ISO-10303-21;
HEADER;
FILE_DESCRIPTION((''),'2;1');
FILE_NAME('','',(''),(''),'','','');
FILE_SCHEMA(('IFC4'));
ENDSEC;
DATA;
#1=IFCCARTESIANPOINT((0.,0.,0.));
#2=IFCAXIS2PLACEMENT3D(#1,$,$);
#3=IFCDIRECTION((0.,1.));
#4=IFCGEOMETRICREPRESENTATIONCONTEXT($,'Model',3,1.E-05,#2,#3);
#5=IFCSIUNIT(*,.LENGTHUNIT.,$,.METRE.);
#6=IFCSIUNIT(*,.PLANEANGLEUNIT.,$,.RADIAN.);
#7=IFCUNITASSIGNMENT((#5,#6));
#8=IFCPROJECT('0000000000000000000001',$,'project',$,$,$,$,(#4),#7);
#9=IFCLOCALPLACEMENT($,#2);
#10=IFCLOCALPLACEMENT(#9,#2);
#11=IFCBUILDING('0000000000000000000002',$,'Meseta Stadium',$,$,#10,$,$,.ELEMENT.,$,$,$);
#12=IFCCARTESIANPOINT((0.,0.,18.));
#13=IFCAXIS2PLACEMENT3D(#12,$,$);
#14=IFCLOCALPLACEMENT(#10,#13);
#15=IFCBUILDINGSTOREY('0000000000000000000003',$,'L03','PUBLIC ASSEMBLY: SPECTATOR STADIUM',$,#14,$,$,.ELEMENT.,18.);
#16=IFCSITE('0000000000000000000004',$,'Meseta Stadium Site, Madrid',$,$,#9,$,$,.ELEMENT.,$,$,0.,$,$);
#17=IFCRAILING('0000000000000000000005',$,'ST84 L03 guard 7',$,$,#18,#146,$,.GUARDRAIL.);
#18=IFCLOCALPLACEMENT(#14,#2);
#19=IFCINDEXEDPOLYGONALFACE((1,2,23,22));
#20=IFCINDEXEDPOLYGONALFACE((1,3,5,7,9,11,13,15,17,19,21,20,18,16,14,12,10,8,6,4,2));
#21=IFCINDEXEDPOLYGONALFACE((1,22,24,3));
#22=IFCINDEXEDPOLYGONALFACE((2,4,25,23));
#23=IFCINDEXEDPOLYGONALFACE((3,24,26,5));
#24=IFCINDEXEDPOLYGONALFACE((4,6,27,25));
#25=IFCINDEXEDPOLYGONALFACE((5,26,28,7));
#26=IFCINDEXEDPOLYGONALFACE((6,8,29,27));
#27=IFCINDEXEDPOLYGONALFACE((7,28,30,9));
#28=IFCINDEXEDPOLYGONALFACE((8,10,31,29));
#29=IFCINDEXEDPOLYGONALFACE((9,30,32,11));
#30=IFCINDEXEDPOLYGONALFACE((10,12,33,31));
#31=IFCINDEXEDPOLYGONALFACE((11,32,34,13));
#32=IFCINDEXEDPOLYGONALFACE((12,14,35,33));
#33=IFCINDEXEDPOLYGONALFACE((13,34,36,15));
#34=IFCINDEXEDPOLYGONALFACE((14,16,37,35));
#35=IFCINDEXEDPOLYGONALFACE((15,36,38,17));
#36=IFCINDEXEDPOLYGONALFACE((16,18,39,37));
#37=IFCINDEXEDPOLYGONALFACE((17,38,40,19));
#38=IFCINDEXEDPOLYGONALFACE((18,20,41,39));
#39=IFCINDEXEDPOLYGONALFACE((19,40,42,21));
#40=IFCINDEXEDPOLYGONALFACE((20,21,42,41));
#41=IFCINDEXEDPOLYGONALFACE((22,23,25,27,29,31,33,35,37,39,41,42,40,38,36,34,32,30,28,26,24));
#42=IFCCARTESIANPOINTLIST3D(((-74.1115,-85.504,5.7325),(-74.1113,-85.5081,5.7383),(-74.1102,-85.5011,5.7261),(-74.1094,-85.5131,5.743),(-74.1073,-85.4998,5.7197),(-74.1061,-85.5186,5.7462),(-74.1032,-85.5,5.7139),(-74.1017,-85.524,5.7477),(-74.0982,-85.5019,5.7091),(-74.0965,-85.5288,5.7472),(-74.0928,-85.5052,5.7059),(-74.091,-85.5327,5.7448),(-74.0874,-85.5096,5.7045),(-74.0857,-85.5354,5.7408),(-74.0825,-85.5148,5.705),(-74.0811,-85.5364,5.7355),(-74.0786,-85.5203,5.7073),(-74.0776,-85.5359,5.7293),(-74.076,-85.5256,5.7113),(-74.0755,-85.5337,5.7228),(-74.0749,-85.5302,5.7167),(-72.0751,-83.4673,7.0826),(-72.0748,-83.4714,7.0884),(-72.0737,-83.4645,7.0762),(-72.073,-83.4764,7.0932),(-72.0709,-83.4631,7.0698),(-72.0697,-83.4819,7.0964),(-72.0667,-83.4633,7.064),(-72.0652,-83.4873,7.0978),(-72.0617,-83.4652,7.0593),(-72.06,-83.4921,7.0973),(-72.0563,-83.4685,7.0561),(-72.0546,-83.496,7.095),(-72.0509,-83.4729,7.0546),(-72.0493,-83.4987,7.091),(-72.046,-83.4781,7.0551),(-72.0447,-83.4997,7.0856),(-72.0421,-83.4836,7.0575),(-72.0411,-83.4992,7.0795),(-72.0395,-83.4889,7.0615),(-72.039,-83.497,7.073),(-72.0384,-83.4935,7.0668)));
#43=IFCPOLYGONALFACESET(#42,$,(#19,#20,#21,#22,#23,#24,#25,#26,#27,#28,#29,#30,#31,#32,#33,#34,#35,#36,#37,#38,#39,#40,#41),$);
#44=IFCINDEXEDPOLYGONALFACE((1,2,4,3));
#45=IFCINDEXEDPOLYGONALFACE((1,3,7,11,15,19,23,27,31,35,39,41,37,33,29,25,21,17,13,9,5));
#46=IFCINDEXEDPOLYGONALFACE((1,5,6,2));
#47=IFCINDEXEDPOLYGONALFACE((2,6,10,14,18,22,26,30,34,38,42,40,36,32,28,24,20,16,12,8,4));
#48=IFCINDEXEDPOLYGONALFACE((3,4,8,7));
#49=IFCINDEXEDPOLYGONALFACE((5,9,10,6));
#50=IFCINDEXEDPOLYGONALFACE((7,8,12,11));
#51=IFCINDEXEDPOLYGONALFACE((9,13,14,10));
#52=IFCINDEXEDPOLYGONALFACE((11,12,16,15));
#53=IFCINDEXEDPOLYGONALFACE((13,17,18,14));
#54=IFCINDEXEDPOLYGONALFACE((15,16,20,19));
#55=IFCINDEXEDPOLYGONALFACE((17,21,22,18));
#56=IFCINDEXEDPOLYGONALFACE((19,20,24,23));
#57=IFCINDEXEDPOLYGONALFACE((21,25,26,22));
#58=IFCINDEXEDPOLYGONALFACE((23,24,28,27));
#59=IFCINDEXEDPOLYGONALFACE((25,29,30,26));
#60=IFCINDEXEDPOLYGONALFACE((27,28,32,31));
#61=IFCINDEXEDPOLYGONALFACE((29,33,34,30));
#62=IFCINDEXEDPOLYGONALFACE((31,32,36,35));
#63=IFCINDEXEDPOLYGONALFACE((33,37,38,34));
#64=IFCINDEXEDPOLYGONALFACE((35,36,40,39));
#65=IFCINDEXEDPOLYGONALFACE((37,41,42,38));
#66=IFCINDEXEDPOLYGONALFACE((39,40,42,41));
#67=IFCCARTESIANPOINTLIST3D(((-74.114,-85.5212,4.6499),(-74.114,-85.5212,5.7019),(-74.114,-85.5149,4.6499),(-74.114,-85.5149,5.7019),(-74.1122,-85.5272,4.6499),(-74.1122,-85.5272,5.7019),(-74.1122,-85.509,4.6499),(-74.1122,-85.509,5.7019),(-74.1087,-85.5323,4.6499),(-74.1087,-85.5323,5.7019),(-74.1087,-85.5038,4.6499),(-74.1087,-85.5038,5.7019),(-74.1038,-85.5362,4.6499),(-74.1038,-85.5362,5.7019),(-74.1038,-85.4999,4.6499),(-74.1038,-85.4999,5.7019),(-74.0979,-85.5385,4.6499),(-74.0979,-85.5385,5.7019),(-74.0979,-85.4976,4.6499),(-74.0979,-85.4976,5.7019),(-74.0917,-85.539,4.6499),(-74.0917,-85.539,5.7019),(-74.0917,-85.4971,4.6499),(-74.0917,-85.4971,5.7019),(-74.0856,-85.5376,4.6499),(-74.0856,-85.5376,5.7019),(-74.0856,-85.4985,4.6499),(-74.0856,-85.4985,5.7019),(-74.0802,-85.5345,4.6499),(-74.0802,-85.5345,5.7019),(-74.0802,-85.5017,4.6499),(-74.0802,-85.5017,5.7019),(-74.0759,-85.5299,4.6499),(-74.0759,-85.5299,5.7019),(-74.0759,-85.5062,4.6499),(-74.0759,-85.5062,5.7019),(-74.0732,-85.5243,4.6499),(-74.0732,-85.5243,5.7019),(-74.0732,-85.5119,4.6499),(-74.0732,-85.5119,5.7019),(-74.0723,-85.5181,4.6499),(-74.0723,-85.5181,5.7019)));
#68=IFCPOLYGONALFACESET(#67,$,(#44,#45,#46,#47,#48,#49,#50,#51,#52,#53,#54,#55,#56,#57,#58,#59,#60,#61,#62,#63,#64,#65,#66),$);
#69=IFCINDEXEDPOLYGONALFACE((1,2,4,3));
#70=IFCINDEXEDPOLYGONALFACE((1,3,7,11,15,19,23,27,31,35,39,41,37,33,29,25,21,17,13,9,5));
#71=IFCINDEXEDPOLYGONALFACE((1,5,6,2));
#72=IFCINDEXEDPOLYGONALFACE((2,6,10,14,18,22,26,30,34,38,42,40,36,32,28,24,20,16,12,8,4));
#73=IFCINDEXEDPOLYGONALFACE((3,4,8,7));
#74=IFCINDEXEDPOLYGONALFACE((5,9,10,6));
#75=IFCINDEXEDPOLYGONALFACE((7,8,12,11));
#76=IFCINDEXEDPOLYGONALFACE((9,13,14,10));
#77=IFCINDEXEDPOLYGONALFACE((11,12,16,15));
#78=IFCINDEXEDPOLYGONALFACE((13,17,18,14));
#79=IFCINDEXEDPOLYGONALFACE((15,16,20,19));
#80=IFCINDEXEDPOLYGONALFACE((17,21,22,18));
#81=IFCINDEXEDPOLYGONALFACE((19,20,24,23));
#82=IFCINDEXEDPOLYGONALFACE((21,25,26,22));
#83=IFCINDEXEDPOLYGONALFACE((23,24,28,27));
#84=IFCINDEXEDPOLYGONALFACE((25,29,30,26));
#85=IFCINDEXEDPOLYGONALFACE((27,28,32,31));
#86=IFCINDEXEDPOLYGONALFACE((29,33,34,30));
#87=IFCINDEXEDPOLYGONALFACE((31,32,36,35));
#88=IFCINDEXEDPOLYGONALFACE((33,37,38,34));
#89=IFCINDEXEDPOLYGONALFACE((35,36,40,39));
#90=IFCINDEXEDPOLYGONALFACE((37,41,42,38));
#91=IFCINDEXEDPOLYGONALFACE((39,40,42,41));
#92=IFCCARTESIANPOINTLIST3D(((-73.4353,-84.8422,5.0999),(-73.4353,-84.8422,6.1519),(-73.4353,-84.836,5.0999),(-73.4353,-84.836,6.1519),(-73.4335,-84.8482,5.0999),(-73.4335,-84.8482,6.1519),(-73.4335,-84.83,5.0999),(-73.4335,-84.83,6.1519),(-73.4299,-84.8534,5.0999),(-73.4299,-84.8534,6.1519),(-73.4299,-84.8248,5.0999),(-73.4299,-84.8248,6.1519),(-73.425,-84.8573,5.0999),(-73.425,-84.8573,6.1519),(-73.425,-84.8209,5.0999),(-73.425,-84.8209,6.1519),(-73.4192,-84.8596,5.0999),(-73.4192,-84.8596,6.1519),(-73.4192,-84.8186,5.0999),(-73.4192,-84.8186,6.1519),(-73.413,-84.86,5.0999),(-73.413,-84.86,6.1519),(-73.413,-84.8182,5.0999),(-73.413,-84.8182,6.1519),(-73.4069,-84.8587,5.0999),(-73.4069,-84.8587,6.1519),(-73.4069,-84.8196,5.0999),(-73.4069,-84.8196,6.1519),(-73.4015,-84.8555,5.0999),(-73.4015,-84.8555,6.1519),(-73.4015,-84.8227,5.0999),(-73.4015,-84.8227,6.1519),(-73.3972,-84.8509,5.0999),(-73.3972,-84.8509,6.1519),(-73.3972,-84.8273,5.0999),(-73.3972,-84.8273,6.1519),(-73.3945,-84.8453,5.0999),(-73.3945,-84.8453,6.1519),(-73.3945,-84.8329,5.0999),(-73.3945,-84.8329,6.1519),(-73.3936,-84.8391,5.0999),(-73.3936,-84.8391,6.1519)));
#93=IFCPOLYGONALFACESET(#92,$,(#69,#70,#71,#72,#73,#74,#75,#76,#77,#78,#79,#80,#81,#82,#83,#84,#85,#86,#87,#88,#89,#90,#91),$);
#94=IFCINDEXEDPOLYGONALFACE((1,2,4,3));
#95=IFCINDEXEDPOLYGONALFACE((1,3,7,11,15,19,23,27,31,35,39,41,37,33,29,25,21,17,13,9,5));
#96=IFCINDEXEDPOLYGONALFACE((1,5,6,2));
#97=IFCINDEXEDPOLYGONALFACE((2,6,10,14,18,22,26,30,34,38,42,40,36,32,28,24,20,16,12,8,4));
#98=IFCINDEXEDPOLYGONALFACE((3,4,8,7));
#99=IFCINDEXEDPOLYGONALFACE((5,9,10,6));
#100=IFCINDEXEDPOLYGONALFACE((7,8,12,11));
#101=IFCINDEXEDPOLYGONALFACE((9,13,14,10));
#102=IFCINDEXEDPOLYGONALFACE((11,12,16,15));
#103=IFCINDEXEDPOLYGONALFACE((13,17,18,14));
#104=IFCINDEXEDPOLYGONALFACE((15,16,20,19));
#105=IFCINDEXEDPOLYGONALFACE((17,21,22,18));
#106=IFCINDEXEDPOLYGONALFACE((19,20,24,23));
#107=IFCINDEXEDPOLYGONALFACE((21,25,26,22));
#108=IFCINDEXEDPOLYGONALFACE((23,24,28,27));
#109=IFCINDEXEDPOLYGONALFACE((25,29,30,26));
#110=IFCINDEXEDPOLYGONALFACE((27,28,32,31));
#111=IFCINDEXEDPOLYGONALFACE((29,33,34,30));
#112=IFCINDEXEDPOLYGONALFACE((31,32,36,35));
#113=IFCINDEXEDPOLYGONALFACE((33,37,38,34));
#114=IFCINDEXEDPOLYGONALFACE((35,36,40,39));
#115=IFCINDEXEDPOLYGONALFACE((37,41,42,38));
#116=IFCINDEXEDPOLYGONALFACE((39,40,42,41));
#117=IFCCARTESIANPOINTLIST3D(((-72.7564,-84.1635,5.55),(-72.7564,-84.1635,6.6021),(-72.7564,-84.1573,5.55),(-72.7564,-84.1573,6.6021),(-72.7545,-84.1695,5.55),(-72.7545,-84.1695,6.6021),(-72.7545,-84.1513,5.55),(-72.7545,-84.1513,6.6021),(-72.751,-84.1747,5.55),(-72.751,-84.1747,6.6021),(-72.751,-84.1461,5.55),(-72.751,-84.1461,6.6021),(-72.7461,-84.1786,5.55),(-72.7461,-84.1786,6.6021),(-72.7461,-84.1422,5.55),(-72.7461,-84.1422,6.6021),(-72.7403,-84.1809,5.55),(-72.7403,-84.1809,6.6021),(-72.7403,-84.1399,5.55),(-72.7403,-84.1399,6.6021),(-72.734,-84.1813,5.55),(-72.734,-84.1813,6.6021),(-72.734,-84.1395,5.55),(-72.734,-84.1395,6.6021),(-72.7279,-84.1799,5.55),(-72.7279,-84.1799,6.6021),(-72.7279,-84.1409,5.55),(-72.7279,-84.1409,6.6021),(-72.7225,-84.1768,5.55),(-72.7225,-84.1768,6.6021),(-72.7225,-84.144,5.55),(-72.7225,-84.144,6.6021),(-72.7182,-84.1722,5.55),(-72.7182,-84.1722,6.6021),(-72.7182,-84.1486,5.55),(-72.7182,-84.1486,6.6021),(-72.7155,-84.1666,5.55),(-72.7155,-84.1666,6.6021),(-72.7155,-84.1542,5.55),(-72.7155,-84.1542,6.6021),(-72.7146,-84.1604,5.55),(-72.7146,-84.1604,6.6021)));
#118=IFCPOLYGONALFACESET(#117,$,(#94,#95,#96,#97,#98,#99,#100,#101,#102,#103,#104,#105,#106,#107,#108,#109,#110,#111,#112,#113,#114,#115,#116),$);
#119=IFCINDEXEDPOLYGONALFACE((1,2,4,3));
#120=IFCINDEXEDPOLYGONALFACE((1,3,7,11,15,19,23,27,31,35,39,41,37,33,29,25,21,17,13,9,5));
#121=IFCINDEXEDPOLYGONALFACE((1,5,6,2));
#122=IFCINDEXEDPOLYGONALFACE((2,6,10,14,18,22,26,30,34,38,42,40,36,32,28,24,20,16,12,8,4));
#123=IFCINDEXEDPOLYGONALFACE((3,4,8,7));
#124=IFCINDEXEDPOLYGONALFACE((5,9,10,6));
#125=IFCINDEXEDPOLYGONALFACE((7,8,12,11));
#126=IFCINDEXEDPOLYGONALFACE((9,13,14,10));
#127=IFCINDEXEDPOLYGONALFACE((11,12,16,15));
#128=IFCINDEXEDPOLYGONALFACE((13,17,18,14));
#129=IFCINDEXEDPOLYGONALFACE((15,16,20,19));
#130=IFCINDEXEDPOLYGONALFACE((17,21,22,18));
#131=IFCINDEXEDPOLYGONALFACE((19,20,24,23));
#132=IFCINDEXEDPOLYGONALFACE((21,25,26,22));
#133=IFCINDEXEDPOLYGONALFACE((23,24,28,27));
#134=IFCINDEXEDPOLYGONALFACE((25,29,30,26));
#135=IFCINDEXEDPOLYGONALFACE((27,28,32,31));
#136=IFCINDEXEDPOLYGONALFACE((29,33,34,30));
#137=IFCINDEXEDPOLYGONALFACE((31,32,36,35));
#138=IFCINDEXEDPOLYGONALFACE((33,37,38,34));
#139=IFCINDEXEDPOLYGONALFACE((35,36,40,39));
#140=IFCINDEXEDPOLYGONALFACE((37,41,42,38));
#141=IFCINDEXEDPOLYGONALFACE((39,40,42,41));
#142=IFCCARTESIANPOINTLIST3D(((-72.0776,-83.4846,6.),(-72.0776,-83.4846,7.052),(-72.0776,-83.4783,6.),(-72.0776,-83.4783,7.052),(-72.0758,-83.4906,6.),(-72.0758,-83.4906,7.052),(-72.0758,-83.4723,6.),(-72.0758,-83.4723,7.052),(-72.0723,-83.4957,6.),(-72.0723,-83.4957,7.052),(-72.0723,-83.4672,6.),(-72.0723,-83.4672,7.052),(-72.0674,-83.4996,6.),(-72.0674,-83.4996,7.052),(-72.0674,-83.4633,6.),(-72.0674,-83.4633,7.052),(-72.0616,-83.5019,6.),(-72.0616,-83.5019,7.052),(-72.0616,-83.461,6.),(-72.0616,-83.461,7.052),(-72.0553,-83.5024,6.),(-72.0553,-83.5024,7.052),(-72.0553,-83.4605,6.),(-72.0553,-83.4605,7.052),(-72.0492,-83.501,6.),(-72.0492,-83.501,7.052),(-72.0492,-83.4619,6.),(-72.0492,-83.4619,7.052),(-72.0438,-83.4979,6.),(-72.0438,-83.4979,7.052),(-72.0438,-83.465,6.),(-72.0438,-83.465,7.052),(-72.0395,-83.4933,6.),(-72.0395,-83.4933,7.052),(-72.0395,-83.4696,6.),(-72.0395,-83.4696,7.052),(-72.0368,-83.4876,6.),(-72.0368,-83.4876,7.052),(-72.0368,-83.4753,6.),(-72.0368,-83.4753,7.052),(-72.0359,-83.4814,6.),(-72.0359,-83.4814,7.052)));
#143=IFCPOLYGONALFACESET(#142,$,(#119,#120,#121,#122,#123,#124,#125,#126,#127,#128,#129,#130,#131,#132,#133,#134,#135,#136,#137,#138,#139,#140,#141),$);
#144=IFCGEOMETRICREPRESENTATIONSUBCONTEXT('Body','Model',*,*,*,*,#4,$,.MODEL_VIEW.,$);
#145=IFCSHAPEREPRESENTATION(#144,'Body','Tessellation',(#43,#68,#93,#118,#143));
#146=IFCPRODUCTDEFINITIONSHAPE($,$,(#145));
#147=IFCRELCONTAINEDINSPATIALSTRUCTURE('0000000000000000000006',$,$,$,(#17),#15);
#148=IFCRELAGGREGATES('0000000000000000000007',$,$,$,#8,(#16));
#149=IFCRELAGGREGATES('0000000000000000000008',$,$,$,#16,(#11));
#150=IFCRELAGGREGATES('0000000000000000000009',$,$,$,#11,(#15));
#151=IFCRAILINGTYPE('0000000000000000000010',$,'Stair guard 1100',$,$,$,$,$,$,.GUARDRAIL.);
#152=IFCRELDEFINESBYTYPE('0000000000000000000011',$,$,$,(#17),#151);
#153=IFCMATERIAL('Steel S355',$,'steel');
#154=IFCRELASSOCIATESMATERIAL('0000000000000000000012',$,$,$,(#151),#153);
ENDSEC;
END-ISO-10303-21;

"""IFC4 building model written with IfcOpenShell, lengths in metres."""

from ifc_helpers import new_model, si_unit, direction, frame, origin, origin_2d, place, context, subcontext, project, spatial, circle, extrude, material, type_object, element, save


model = new_model("IFC4")

# Units and contexts
model_context = context("Model", 3, precision=1e-05, world=origin(), true_north=direction((0.0, 1.0)))
body_context = subcontext(model_context, "Body", "Model", "MODEL_VIEW")
ifc_project = project(units=[si_unit("LENGTHUNIT", "METRE"), si_unit("PLANEANGLEUNIT", "RADIAN")], contexts=[model_context])

# Site, building, storey
site_placement = place(None, origin())
site = spatial("IfcSite", under=ifc_project, at=site_placement, Name="Meseta Stadium Site, Madrid", CompositionType="ELEMENT", RefElevation=0.0)
building_placement = place(site_placement, origin())
building = spatial("IfcBuilding", under=site, at=building_placement, Name="Meseta Stadium", CompositionType="ELEMENT")
storey_placement = place(building_placement, frame((0.0, 0.0, 18.0)))
storey = spatial("IfcBuildingStorey", under=building, at=storey_placement, Name="L03", Description="PUBLIC ASSEMBLY: SPECTATOR STADIUM", CompositionType="ELEMENT", Elevation=18.0)

# Railing
ifc_material_1 = material(Name="Steel S355", Category="steel")
railing_type_1 = type_object("IfcRailingType", Name="Stair guard 1100", PredefinedType="GUARDRAIL", material=ifc_material_1)
railing_1_placement = place(storey_placement, frame((-74.0933, -85.5181, 4.6499)))
element("IfcRailing", 1, at=railing_1_placement, inside=storey, type_object=railing_type_1, Name="ST84 L03 guard 7", PredefinedType="GUARDRAIL", context=body_context, shape_type="SweptSolid", body=[
    extrude(circle(Radius=0.0239, at=origin_2d()), frame((0.0, 0.0, 1.0762), z_axis=(0.640211, 0.640288, 0.424454), x_axis=(-0.707149, 0.707064, 0.0)), (0.0, 0.0, 1.0), 3.1809),
    extrude(circle(Radius=0.021, at=origin_2d()), origin(), (0.0, 0.0, 1.0), 1.052),
    extrude(circle(Radius=0.021, at=origin_2d()), frame((0.6787, 0.679, 0.45)), (0.0, 0.0, 1.0), 1.052),
    extrude(circle(Radius=0.021, at=origin_2d()), frame((1.3577, 1.3577, 0.9001)), (0.0, 0.0, 1.0), 1.052),
    extrude(circle(Radius=0.021, at=origin_2d()), frame((2.0364, 2.0366, 1.3501)), (0.0, 0.0, 1.0), 1.052),
])

save(model, "model.ifc")
